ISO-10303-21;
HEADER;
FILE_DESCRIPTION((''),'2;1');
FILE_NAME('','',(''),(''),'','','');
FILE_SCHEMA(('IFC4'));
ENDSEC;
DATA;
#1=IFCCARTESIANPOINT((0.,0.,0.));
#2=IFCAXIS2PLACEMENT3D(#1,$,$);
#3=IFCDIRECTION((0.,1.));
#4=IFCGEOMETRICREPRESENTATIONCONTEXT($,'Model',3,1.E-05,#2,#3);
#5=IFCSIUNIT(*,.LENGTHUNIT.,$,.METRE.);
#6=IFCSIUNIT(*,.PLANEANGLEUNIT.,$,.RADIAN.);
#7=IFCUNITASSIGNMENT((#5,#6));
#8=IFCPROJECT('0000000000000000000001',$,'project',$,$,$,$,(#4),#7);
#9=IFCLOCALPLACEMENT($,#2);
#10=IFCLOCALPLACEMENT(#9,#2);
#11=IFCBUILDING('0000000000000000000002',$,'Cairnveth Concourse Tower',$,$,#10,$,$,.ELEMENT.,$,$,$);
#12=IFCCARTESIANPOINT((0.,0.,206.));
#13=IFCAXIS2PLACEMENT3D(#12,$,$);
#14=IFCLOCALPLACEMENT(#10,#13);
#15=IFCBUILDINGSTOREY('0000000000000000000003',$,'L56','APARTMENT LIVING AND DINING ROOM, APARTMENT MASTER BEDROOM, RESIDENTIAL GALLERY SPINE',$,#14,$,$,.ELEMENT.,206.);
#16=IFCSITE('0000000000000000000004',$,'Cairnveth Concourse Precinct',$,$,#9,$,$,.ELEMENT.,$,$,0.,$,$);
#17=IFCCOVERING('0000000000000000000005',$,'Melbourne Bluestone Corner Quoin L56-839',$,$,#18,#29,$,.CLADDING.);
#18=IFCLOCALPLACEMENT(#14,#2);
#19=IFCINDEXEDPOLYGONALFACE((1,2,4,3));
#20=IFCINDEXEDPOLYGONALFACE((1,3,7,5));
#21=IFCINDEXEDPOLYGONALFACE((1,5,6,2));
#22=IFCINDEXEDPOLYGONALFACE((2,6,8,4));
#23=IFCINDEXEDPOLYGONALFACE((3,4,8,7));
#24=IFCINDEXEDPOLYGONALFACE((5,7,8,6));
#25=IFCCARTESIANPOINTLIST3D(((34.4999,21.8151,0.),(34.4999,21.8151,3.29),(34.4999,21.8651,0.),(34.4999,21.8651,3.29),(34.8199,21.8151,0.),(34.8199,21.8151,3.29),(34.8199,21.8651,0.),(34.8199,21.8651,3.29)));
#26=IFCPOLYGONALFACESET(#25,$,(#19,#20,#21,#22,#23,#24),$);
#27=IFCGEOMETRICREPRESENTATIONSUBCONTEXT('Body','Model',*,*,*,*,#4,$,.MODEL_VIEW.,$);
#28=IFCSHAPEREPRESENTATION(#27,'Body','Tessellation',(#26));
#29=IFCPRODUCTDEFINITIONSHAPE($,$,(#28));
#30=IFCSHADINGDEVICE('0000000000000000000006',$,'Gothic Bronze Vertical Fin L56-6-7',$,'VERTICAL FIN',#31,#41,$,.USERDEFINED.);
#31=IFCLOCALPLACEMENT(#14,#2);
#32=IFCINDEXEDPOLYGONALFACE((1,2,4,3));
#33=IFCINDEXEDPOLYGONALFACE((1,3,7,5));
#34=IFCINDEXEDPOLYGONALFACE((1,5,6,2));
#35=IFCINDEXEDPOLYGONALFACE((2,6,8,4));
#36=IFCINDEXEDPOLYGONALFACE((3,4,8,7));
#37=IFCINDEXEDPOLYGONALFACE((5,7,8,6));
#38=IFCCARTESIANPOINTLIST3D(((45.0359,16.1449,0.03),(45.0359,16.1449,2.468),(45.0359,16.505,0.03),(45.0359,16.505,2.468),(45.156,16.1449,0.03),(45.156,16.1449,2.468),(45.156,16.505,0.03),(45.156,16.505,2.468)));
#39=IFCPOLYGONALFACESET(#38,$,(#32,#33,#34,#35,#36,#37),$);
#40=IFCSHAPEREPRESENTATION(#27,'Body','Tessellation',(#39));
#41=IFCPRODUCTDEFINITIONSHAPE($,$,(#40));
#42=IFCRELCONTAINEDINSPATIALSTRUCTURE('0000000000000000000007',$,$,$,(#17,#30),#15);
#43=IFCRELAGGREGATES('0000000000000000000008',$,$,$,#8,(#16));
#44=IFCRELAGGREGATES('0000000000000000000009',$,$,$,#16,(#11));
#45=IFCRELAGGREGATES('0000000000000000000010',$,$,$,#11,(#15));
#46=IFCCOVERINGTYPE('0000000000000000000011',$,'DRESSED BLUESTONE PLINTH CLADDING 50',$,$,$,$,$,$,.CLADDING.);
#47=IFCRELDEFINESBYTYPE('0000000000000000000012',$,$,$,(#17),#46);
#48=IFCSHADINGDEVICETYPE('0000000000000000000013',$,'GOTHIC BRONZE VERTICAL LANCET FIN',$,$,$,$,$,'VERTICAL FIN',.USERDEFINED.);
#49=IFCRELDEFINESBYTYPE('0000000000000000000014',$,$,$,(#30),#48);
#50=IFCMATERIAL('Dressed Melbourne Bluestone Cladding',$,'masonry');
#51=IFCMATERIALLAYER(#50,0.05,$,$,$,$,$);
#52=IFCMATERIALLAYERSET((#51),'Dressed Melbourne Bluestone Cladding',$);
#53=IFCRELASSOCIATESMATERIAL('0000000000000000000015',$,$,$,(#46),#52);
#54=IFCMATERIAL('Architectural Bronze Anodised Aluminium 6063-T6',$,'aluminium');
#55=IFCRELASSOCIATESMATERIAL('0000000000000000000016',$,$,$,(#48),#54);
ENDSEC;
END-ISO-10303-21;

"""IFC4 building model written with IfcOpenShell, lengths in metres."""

from ifc_helpers import new_model, si_unit, direction, frame, frame_2d, origin, origin_2d, place, context, subcontext, project, spatial, rectangle, extrude, material, layer, layer_set, type_object, element, save


model = new_model("IFC4")

# Units and contexts
model_context = context("Model", 3, precision=1e-05, world=origin(), true_north=direction((0.0, 1.0)))
body_context = subcontext(model_context, "Body", "Model", "MODEL_VIEW")
ifc_project = project(units=[si_unit("LENGTHUNIT", "METRE"), si_unit("PLANEANGLEUNIT", "RADIAN")], contexts=[model_context])

# Site, building, storey
site_placement = place(None, origin())
site = spatial("IfcSite", under=ifc_project, at=site_placement, Name="Cairnveth Concourse Precinct", CompositionType="ELEMENT", RefElevation=0.0)
building_placement = place(site_placement, origin())
building = spatial("IfcBuilding", under=site, at=building_placement, Name="Cairnveth Concourse Tower", CompositionType="ELEMENT")
storey_placement = place(building_placement, frame((0.0, 0.0, 206.0)))
storey = spatial("IfcBuildingStorey", under=building, at=storey_placement, Name="L56", Description="APARTMENT LIVING AND DINING ROOM, APARTMENT MASTER BEDROOM, RESIDENTIAL GALLERY SPINE", CompositionType="ELEMENT", Elevation=206.0)

# Covering
ifc_material_1 = material(Name="Dressed Melbourne Bluestone Cladding", Category="masonry")
ifc_layer_1 = layer(ifc_material_1, 0.05)
ifc_layer_set_1 = layer_set([ifc_layer_1], Name="Dressed Melbourne Bluestone Cladding")
covering_type = type_object("IfcCoveringType", Name="DRESSED BLUESTONE PLINTH CLADDING 50", PredefinedType="CLADDING", material=ifc_layer_set_1)
covering_placement = place(storey_placement, frame((34.8201, 21.8401, 0.0), z_axis=(0.0, 0.0, 1.0), x_axis=(-1.0, 0.0, 0.0)))
element("IfcCovering", 1, at=covering_placement, inside=storey, type_object=covering_type, Name="Melbourne Bluestone Corner Quoin L56-839", PredefinedType="CLADDING", context=body_context, shape_type="SweptSolid", body=[
    extrude(rectangle(XDim=0.3201, YDim=0.05, at=frame_2d((0.1602, 0.0))), origin(), (0.0, 0.0, 1.0), 3.29),
])

# Shading device
ifc_material_2 = material(Name="Architectural Bronze Anodised Aluminium 6063-T6", Category="aluminium")
shading_device_type = type_object("IfcShadingDeviceType", Name="GOTHIC BRONZE VERTICAL LANCET FIN", ElementType="VERTICAL FIN", PredefinedType="USERDEFINED", material=ifc_material_2)
shading_device_placement = place(storey_placement, frame((45.0959, 16.325, 0.03), z_axis=(0.0, 0.0, 1.0), x_axis=(1.0, 0.0, 0.0)))
element("IfcShadingDevice", 2, at=shading_device_placement, inside=storey, type_object=shading_device_type, Name="Gothic Bronze Vertical Fin L56-6-7", ObjectType="VERTICAL FIN", PredefinedType="USERDEFINED", context=body_context, shape_type="SweptSolid", body=[
    extrude(rectangle(XDim=0.1201, YDim=0.3601, at=origin_2d()), origin(), (0.0, 0.0, 1.0), 2.438),
])

save(model, "model.ifc")
